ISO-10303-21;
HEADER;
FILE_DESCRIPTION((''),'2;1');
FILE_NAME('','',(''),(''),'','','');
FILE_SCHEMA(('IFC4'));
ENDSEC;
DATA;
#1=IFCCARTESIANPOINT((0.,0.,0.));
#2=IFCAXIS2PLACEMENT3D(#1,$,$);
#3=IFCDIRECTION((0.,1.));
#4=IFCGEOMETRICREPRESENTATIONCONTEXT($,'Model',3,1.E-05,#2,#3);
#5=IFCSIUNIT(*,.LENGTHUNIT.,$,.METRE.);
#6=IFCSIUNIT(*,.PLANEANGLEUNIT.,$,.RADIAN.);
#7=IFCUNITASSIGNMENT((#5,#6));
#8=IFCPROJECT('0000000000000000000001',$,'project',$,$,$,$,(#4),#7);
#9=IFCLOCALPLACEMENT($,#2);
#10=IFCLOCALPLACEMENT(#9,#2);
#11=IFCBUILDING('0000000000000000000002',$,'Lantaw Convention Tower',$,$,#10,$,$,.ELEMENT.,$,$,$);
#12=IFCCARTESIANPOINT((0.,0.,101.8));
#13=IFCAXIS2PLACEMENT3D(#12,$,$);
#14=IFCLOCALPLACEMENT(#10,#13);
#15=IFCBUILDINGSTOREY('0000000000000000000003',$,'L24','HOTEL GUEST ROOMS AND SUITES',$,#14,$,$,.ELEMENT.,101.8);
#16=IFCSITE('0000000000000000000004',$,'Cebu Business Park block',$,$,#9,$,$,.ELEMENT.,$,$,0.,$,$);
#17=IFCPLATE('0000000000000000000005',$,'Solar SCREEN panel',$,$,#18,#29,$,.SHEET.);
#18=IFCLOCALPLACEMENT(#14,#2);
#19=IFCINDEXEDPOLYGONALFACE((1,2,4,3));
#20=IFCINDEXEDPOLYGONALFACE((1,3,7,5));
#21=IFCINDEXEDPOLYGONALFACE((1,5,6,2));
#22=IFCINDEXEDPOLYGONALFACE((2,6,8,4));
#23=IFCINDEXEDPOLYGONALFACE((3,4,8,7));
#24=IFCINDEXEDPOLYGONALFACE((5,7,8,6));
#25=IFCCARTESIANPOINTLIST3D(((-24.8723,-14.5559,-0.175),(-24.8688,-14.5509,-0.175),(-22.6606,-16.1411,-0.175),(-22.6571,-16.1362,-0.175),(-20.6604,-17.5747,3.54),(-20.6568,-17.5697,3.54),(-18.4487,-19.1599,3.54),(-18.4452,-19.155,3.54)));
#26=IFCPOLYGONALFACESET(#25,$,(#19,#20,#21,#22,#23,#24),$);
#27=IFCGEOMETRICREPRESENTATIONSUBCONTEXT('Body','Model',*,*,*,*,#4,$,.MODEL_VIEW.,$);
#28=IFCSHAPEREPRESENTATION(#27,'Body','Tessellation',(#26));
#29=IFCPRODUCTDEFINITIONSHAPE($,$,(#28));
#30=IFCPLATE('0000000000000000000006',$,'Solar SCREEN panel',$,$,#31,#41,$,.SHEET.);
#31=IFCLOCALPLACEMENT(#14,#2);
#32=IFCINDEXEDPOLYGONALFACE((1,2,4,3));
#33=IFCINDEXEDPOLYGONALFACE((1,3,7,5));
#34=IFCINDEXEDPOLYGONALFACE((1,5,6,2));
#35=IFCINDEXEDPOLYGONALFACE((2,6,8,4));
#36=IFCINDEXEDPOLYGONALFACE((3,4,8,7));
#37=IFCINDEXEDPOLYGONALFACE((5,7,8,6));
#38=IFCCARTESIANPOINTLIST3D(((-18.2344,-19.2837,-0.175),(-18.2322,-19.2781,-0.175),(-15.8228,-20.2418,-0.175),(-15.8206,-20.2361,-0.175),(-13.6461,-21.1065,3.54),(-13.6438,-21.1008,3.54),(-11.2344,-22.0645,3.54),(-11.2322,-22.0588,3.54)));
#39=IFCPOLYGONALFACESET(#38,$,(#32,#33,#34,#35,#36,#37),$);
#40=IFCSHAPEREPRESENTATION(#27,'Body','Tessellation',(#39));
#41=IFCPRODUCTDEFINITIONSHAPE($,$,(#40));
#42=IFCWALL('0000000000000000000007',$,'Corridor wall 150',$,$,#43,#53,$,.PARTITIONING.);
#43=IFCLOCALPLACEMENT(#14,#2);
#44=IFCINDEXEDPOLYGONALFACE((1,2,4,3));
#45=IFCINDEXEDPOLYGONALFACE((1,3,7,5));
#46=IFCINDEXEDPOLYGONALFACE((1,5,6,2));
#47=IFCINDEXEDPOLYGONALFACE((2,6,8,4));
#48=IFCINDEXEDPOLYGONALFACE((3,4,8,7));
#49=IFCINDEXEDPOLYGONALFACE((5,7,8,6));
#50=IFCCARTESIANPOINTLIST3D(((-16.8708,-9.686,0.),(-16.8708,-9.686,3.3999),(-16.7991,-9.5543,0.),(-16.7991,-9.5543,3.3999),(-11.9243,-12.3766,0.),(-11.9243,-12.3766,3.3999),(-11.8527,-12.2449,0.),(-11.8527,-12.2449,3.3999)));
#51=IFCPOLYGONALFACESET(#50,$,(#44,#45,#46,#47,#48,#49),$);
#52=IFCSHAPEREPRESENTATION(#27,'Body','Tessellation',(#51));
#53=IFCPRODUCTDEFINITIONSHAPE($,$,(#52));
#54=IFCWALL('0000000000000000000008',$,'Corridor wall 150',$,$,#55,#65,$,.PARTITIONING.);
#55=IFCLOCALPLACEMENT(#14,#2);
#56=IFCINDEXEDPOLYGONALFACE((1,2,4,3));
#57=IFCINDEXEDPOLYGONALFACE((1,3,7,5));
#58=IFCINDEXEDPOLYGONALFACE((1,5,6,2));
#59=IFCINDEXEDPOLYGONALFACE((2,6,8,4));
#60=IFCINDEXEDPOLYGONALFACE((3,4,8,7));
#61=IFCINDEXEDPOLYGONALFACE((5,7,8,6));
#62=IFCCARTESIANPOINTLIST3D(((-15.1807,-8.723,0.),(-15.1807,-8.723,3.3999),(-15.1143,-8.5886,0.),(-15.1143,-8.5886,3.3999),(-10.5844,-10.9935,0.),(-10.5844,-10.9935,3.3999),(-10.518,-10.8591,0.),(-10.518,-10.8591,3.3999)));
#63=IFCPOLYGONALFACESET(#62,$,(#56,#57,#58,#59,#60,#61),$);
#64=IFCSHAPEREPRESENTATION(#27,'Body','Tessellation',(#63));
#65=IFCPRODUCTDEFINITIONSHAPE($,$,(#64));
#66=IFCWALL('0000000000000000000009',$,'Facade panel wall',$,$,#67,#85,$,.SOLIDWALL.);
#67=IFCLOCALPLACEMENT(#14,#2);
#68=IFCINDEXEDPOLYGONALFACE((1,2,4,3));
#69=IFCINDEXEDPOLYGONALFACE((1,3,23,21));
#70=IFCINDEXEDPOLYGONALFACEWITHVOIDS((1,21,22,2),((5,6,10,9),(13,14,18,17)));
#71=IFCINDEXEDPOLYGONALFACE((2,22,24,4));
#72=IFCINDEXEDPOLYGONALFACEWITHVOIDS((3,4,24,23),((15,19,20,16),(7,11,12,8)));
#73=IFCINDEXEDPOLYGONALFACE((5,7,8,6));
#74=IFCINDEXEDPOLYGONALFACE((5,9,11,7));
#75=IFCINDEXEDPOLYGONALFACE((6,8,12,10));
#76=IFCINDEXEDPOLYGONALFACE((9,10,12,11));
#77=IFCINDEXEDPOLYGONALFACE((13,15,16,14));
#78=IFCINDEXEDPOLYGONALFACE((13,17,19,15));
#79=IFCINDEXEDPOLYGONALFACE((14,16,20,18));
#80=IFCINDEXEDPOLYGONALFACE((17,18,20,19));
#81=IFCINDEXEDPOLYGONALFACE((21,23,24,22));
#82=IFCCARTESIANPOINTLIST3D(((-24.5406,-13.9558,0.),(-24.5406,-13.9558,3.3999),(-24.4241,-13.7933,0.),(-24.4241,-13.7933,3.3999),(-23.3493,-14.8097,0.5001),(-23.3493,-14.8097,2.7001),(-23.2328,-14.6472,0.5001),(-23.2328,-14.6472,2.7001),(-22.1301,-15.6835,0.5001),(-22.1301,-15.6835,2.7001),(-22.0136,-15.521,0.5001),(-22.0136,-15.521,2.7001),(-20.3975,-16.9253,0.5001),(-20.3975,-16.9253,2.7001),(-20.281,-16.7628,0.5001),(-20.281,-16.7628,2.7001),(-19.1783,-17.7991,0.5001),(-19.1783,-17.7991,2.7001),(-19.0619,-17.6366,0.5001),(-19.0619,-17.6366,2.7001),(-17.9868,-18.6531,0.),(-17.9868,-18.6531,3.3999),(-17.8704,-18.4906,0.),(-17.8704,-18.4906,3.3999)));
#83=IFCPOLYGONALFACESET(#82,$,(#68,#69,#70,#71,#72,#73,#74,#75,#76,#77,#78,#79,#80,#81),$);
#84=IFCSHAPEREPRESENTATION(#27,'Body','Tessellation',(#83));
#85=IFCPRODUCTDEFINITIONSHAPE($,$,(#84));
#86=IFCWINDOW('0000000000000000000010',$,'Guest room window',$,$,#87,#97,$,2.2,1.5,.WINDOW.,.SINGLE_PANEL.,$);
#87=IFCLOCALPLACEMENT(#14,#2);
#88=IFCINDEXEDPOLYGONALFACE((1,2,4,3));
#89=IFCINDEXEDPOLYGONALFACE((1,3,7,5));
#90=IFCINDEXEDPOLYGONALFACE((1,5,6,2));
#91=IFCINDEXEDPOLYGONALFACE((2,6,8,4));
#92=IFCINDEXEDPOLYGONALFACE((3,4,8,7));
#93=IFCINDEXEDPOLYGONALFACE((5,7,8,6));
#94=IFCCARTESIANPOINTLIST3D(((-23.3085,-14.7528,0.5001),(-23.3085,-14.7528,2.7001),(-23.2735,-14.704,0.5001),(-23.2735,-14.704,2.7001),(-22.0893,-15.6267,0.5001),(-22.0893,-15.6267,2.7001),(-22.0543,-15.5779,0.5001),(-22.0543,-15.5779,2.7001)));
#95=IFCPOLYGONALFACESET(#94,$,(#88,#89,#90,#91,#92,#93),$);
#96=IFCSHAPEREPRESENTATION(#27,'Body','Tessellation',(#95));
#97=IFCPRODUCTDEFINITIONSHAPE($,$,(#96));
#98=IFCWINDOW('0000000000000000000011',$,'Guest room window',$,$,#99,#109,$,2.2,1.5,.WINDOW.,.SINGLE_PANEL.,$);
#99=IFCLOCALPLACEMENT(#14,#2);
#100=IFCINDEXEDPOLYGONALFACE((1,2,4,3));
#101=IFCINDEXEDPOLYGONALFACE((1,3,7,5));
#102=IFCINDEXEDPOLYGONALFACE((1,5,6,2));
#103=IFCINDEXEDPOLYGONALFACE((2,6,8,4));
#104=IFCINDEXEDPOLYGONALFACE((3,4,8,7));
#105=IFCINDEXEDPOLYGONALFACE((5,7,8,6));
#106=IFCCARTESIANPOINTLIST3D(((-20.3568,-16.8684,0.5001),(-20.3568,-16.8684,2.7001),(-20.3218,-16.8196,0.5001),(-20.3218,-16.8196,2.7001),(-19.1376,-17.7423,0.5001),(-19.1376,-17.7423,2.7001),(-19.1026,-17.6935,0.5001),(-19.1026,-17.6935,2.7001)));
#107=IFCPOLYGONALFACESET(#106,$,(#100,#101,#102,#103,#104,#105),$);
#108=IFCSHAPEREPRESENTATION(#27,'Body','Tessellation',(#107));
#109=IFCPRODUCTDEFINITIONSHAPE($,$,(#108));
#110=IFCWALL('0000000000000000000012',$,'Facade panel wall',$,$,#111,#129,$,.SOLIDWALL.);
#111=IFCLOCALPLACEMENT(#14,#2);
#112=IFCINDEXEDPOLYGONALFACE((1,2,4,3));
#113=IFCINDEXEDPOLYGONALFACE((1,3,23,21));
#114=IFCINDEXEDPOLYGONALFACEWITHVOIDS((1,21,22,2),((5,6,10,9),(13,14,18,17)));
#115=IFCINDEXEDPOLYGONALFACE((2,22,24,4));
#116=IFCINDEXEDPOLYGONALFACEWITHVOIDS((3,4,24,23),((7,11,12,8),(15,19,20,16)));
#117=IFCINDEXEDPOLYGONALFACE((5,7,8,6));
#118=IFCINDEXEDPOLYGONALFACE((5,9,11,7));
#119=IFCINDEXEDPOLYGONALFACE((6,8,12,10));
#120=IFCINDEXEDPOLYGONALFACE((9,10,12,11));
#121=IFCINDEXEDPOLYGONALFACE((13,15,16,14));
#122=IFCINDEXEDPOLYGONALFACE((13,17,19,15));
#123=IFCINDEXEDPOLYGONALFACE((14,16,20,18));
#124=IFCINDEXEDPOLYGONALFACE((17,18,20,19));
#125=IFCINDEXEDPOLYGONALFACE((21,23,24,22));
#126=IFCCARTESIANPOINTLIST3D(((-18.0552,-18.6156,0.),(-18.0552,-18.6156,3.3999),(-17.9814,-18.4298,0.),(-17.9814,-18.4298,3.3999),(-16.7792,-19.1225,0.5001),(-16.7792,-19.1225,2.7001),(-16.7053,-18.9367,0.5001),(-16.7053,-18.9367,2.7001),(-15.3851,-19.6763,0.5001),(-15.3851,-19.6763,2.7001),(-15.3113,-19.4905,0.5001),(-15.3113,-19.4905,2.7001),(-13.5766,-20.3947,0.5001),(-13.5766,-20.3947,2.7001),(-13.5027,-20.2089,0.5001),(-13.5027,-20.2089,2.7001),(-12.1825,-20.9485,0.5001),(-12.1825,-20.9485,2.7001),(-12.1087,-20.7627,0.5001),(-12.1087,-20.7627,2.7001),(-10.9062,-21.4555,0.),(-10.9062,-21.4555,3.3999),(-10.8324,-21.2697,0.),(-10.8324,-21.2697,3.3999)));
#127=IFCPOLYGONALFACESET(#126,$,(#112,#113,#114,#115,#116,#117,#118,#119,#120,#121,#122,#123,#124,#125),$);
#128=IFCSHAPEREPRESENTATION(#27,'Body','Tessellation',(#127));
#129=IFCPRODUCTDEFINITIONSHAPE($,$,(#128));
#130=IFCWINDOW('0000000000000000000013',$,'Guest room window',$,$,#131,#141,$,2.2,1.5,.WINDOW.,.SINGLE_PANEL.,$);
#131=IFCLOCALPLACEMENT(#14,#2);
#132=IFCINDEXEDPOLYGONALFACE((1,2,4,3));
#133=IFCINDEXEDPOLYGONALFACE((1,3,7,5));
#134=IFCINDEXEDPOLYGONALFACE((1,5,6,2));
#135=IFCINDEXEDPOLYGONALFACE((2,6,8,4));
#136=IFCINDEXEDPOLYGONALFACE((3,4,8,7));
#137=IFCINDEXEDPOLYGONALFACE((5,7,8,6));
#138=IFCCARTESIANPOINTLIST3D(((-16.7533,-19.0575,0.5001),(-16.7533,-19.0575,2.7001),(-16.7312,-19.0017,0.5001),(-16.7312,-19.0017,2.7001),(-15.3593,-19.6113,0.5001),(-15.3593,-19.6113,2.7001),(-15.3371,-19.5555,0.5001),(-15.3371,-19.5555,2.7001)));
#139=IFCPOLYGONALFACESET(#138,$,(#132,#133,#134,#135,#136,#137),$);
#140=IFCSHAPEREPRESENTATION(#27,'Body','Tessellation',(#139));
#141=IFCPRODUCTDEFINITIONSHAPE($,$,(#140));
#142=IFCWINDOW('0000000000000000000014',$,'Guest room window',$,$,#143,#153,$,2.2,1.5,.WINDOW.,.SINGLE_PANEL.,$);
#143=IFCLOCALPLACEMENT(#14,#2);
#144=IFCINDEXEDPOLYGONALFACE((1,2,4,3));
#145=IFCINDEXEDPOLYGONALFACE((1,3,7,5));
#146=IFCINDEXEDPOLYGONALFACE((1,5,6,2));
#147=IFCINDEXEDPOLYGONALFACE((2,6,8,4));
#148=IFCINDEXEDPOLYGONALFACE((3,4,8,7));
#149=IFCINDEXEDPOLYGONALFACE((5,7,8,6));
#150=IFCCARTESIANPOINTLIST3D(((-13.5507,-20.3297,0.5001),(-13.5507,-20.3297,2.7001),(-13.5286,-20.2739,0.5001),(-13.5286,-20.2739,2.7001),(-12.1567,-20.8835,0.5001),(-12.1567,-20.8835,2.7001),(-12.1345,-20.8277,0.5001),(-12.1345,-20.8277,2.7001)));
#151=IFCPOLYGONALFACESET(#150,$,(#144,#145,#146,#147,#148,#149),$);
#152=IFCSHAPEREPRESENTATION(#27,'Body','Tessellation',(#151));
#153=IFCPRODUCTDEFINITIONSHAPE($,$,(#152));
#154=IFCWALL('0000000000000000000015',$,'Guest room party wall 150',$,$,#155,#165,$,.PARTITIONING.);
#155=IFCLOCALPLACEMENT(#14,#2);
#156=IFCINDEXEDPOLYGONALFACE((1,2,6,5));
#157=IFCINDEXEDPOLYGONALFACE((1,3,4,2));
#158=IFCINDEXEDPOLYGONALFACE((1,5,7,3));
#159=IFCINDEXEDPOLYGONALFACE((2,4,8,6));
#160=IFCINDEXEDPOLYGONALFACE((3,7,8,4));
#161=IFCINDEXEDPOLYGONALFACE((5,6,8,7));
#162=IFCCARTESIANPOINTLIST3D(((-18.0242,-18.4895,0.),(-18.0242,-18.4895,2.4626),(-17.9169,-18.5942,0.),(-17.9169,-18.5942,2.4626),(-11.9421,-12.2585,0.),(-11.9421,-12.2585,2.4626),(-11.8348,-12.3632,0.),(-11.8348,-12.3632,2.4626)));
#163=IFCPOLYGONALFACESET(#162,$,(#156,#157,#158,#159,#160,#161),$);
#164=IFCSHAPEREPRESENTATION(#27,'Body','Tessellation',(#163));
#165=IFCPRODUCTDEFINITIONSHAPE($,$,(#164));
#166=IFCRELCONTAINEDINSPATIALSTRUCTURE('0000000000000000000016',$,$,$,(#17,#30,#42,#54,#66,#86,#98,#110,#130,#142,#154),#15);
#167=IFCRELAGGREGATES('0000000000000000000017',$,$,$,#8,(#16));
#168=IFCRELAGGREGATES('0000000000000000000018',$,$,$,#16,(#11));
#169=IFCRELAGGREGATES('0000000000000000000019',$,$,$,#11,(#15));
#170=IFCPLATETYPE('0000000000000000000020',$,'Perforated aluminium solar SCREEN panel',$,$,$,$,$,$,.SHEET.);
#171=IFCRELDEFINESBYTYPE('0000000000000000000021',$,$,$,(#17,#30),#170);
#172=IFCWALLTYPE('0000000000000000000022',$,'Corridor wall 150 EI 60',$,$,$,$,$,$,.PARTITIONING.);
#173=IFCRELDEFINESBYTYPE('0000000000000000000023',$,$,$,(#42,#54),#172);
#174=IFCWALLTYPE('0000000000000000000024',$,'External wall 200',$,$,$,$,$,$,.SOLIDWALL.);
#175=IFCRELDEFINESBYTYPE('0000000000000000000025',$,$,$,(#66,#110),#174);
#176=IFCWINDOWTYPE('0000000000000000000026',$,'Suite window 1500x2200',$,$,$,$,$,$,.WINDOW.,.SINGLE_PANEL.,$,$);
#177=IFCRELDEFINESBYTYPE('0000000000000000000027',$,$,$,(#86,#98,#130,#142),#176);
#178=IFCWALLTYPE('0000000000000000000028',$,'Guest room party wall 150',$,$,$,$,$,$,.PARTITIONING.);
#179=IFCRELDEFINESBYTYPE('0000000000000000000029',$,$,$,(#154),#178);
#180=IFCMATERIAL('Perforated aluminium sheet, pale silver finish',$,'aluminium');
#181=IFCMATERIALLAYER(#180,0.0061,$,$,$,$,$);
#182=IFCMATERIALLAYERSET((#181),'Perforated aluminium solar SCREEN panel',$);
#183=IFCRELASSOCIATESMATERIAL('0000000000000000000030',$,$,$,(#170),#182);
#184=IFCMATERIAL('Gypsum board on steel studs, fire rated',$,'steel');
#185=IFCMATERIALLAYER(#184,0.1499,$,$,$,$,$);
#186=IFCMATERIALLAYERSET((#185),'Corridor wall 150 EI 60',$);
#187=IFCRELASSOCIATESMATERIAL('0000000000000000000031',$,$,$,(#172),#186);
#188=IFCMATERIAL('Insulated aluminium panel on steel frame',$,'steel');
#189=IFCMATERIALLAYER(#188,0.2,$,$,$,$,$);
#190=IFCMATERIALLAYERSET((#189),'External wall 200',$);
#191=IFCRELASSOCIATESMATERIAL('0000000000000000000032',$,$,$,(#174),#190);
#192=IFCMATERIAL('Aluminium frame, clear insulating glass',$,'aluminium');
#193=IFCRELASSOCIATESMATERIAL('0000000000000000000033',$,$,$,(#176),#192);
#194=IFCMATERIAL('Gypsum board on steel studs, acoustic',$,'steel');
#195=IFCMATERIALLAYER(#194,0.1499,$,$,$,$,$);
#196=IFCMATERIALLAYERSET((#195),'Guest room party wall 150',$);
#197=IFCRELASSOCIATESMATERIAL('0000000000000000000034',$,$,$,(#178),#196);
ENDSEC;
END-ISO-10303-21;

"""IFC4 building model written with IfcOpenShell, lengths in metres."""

from ifc_helpers import new_model, si_unit, direction, frame, frame_2d, origin, place, context, subcontext, project, spatial, polyline, rectangle, outline, extrude, material, layer, layer_set, type_object, element, fill, save


model = new_model("IFC4")

# Units and contexts
model_context = context("Model", 3, precision=1e-05, world=origin(), true_north=direction((0.0, 1.0)))
body_context = subcontext(model_context, "Body", "Model", "MODEL_VIEW")
ifc_project = project(units=[si_unit("LENGTHUNIT", "METRE"), si_unit("PLANEANGLEUNIT", "RADIAN")], contexts=[model_context])

# Site, building, storey
site_placement = place(None, origin())
site = spatial("IfcSite", under=ifc_project, at=site_placement, Name="Cebu Business Park block", CompositionType="ELEMENT", RefElevation=0.0)
building_placement = place(site_placement, origin())
building = spatial("IfcBuilding", under=site, at=building_placement, Name="Lantaw Convention Tower", CompositionType="ELEMENT")
storey_placement = place(building_placement, frame((0.0, 0.0, 101.8)))
storey = spatial("IfcBuildingStorey", under=building, at=storey_placement, Name="L24", Description="HOTEL GUEST ROOMS AND SUITES", CompositionType="ELEMENT", Elevation=101.8)

# Plates
ifc_material_1 = material(Name="Perforated aluminium sheet, pale silver finish", Category="aluminium")
ifc_layer_1 = layer(ifc_material_1, 0.0061)
ifc_layer_set_1 = layer_set([ifc_layer_1], Name="Perforated aluminium solar SCREEN panel")
plate_type = type_object("IfcPlateType", Name="Perforated aluminium solar SCREEN panel", PredefinedType="SHEET", material=ifc_layer_set_1)
plate_1_placement = place(storey_placement, frame((-24.8723, -14.5559, -0.175), z_axis=(-0.582561, -0.812787, 0.000016), x_axis=(0.812787, -0.582561, 0.0)))
element("IfcPlate", 1, at=plate_1_placement, inside=storey, type_object=plate_type, Name="Solar SCREEN panel", PredefinedType="SHEET", context=body_context, shape_type="SweptSolid", body=[
    extrude(outline(polyline([(0.0, 0.0), (2.7211, 0.0), (7.9031, 3.7151), (5.182, 3.7151), (0.0, 0.0)])), origin(), (0.0, 0.0, -1.0), 0.0061),
])
plate_2_placement = place(storey_placement, frame((-18.2322, -19.2781, -0.175), z_axis=(0.369184, 0.929357, 0.000009), x_axis=(0.929357, -0.369184, 0.0)))
element("IfcPlate", 2, at=plate_2_placement, inside=storey, type_object=plate_type, Name="Solar SCREEN panel", PredefinedType="SHEET", context=body_context, shape_type="SweptSolid", body=[
    extrude(outline(polyline([(0.0, 0.0), (2.5949, 0.0), (7.5321, -3.7151), (4.9372, -3.7151), (0.0, 0.0)])), origin(), (0.0, 0.0, -1.0), 0.0061),
])

# Walls
ifc_material_2 = material(Name="Gypsum board on steel studs, fire rated", Category="steel")
ifc_layer_2 = layer(ifc_material_2, 0.1499)
ifc_layer_set_2 = layer_set([ifc_layer_2], Name="Corridor wall 150 EI 60")
wall_type_1 = type_object("IfcWallType", Name="Corridor wall 150 EI 60", PredefinedType="PARTITIONING", material=ifc_layer_set_2)
wall_1_placement = place(storey_placement, frame((-16.835, -9.6201, 0.0), z_axis=(0.0, 0.0, 1.0), x_axis=(0.87845, -0.477834, 0.0)))
element("IfcWall", 3, at=wall_1_placement, inside=storey, type_object=wall_type_1, Name="Corridor wall 150", PredefinedType="PARTITIONING", context=body_context, shape_type="SweptSolid", body=[
    extrude(rectangle(XDim=5.6309, YDim=0.1499, at=frame_2d((2.8154, 0.0))), origin(), (0.0, 0.0, 1.0), 3.3999),
])
wall_2_placement = place(storey_placement, frame((-15.1475, -8.6558, 0.0), z_axis=(0.0, 0.0, 1.0), x_axis=(0.896569, -0.442903, 0.0)))
element("IfcWall", 4, at=wall_2_placement, inside=storey, type_object=wall_type_1, Name="Corridor wall 150", PredefinedType="PARTITIONING", context=body_context, shape_type="SweptSolid", body=[
    extrude(rectangle(XDim=5.1265, YDim=0.1499, at=frame_2d((2.5632, 0.0))), origin(), (0.0, 0.0, 1.0), 3.3999),
])

# Walls, openings, windows
ifc_material_3 = material(Name="Insulated aluminium panel on steel frame", Category="steel")
ifc_layer_3 = layer(ifc_material_3, 0.2)
ifc_layer_set_3 = layer_set([ifc_layer_3], Name="External wall 200")
wall_type_2 = type_object("IfcWallType", Name="External wall 200", PredefinedType="SOLIDWALL", material=ifc_layer_set_3)
wall_3_placement = place(storey_placement, frame((-24.4824, -13.8745, 0.0), z_axis=(0.0, 0.0, 1.0), x_axis=(0.812791, -0.582555, 0.0)))
wall_3 = element("IfcWall", 5, at=wall_3_placement, inside=storey, type_object=wall_type_2, Name="Facade panel wall", PredefinedType="SOLIDWALL", context=body_context, shape_type="SweptSolid", body=[
    extrude(rectangle(XDim=8.0632, YDim=0.2, at=frame_2d((4.0317, 0.0))), origin(), (0.0, 0.0, 1.0), 3.3999),
])
opening_1_placement = place(wall_3_placement, frame((1.4658, 0.0, 0.5)))
opening_1 = element("IfcOpeningElement", 6, at=opening_1_placement, cuts=wall_3, PredefinedType="OPENING", context=body_context, shape_type="SweptSolid", body=[
    extrude(rectangle(XDim=1.5, YDim=2.2, at=frame_2d((0.75, 1.1001))), frame((0.0, 0.1099, 0.0), z_axis=(0.0, -1.0, 0.0), x_axis=(1.0, 0.0, 0.0)), (0.0, 0.0, 1.0), 0.22),
])
opening_2_placement = place(wall_3_placement, frame((5.0974, 0.0, 0.5)))
opening_2 = element("IfcOpeningElement", 7, at=opening_2_placement, cuts=wall_3, PredefinedType="OPENING", context=body_context, shape_type="SweptSolid", body=[
    extrude(rectangle(XDim=1.5, YDim=2.2, at=frame_2d((0.75, 1.1001))), frame((0.0, 0.1099, 0.0), z_axis=(0.0, -1.0, 0.0), x_axis=(1.0, 0.0, 0.0)), (0.0, 0.0, 1.0), 0.22),
])
ifc_material_4 = material(Name="Aluminium frame, clear insulating glass", Category="aluminium")
window_type = type_object("IfcWindowType", Name="Suite window 1500x2200", PartitioningType="SINGLE_PANEL", PredefinedType="WINDOW", material=ifc_material_4)
window_1_placement = place(opening_1_placement, origin())
window_1 = element("IfcWindow", 8, at=window_1_placement, inside=storey, type_object=window_type, Name="Guest room window", OverallHeight=2.2, OverallWidth=1.5, PartitioningType="SINGLE_PANEL", PredefinedType="WINDOW", context=body_context, shape_type="SweptSolid", body=[
    extrude(rectangle(XDim=1.5, YDim=2.2, at=frame_2d((0.75, 1.1001))), frame((0.0, 0.03, 0.0), z_axis=(0.0, -1.0, 0.0), x_axis=(1.0, 0.0, 0.0)), (0.0, 0.0, 1.0), 0.0601),
])
fill(opening_1, window_1)
window_2_placement = place(opening_2_placement, origin())
window_2 = element("IfcWindow", 9, at=window_2_placement, inside=storey, type_object=window_type, Name="Guest room window", OverallHeight=2.2, OverallWidth=1.5, PartitioningType="SINGLE_PANEL", PredefinedType="WINDOW", context=body_context, shape_type="SweptSolid", body=[
    extrude(rectangle(XDim=1.5, YDim=2.2, at=frame_2d((0.75, 1.1001))), frame((0.0, 0.03, 0.0), z_axis=(0.0, -1.0, 0.0), x_axis=(1.0, 0.0, 0.0)), (0.0, 0.0, 1.0), 0.0601),
])
fill(opening_2, window_2)
wall_4_placement = place(storey_placement, frame((-18.0183, -18.5227, 0.0), z_axis=(0.0, 0.0, 1.0), x_axis=(0.929358, -0.369179, 0.0)))
wall_4 = element("IfcWall", 10, at=wall_4_placement, inside=storey, type_object=wall_type_2, Name="Facade panel wall", PredefinedType="SOLIDWALL", context=body_context, shape_type="SweptSolid", body=[
    extrude(rectangle(XDim=7.6924, YDim=0.2, at=frame_2d((3.8462, 0.0))), origin(), (0.0, 0.0, 1.0), 3.3999),
])
opening_3_placement = place(wall_4_placement, frame((1.373, 0.0, 0.5)))
opening_3 = element("IfcOpeningElement", 11, at=opening_3_placement, cuts=wall_4, PredefinedType="OPENING", context=body_context, shape_type="SweptSolid", body=[
    extrude(rectangle(XDim=1.5, YDim=2.2, at=frame_2d((0.75, 1.1001))), frame((0.0, 0.1099, 0.0), z_axis=(0.0, -1.0, 0.0), x_axis=(1.0, 0.0, 0.0)), (0.0, 0.0, 1.0), 0.22),
])
opening_4_placement = place(wall_4_placement, frame((4.8191, 0.0, 0.5)))
opening_4 = element("IfcOpeningElement", 12, at=opening_4_placement, cuts=wall_4, PredefinedType="OPENING", context=body_context, shape_type="SweptSolid", body=[
    extrude(rectangle(XDim=1.5, YDim=2.2, at=frame_2d((0.75, 1.1001))), frame((0.0, 0.1099, 0.0), z_axis=(0.0, -1.0, 0.0), x_axis=(1.0, 0.0, 0.0)), (0.0, 0.0, 1.0), 0.22),
])
window_3_placement = place(opening_3_placement, origin())
window_3 = element("IfcWindow", 13, at=window_3_placement, inside=storey, type_object=window_type, Name="Guest room window", OverallHeight=2.2, OverallWidth=1.5, PartitioningType="SINGLE_PANEL", PredefinedType="WINDOW", context=body_context, shape_type="SweptSolid", body=[
    extrude(rectangle(XDim=1.5, YDim=2.2, at=frame_2d((0.75, 1.1001))), frame((0.0, 0.03, 0.0), z_axis=(0.0, -1.0, 0.0), x_axis=(1.0, 0.0, 0.0)), (0.0, 0.0, 1.0), 0.0601),
])
fill(opening_3, window_3)
window_4_placement = place(opening_4_placement, origin())
window_4 = element("IfcWindow", 14, at=window_4_placement, inside=storey, type_object=window_type, Name="Guest room window", OverallHeight=2.2, OverallWidth=1.5, PartitioningType="SINGLE_PANEL", PredefinedType="WINDOW", context=body_context, shape_type="SweptSolid", body=[
    extrude(rectangle(XDim=1.5, YDim=2.2, at=frame_2d((0.75, 1.1001))), frame((0.0, 0.03, 0.0), z_axis=(0.0, -1.0, 0.0), x_axis=(1.0, 0.0, 0.0)), (0.0, 0.0, 1.0), 0.0601),
])
fill(opening_4, window_4)

# Wall
ifc_material_5 = material(Name="Gypsum board on steel studs, acoustic", Category="steel")
ifc_layer_4 = layer(ifc_material_5, 0.1499)
ifc_layer_set_4 = layer_set([ifc_layer_4], Name="Guest room party wall 150")
wall_type_3 = type_object("IfcWallType", Name="Guest room party wall 150", PredefinedType="PARTITIONING", material=ifc_layer_set_4)
wall_5_placement = place(storey_placement, frame((-17.9705, -18.5417, 0.0), z_axis=(0.0, 0.0, 1.0), x_axis=(0.698503, 0.715607, 0.0)))
element("IfcWall", 15, at=wall_5_placement, inside=storey, type_object=wall_type_3, Name="Guest room party wall 150", PredefinedType="PARTITIONING", context=body_context, shape_type="SweptSolid", body=[
    extrude(rectangle(XDim=8.7073, YDim=0.1499, at=frame_2d((4.3535, 0.0))), origin(), (0.0, 0.0, 1.0), 2.4626),
])

save(model, "model.ifc")
